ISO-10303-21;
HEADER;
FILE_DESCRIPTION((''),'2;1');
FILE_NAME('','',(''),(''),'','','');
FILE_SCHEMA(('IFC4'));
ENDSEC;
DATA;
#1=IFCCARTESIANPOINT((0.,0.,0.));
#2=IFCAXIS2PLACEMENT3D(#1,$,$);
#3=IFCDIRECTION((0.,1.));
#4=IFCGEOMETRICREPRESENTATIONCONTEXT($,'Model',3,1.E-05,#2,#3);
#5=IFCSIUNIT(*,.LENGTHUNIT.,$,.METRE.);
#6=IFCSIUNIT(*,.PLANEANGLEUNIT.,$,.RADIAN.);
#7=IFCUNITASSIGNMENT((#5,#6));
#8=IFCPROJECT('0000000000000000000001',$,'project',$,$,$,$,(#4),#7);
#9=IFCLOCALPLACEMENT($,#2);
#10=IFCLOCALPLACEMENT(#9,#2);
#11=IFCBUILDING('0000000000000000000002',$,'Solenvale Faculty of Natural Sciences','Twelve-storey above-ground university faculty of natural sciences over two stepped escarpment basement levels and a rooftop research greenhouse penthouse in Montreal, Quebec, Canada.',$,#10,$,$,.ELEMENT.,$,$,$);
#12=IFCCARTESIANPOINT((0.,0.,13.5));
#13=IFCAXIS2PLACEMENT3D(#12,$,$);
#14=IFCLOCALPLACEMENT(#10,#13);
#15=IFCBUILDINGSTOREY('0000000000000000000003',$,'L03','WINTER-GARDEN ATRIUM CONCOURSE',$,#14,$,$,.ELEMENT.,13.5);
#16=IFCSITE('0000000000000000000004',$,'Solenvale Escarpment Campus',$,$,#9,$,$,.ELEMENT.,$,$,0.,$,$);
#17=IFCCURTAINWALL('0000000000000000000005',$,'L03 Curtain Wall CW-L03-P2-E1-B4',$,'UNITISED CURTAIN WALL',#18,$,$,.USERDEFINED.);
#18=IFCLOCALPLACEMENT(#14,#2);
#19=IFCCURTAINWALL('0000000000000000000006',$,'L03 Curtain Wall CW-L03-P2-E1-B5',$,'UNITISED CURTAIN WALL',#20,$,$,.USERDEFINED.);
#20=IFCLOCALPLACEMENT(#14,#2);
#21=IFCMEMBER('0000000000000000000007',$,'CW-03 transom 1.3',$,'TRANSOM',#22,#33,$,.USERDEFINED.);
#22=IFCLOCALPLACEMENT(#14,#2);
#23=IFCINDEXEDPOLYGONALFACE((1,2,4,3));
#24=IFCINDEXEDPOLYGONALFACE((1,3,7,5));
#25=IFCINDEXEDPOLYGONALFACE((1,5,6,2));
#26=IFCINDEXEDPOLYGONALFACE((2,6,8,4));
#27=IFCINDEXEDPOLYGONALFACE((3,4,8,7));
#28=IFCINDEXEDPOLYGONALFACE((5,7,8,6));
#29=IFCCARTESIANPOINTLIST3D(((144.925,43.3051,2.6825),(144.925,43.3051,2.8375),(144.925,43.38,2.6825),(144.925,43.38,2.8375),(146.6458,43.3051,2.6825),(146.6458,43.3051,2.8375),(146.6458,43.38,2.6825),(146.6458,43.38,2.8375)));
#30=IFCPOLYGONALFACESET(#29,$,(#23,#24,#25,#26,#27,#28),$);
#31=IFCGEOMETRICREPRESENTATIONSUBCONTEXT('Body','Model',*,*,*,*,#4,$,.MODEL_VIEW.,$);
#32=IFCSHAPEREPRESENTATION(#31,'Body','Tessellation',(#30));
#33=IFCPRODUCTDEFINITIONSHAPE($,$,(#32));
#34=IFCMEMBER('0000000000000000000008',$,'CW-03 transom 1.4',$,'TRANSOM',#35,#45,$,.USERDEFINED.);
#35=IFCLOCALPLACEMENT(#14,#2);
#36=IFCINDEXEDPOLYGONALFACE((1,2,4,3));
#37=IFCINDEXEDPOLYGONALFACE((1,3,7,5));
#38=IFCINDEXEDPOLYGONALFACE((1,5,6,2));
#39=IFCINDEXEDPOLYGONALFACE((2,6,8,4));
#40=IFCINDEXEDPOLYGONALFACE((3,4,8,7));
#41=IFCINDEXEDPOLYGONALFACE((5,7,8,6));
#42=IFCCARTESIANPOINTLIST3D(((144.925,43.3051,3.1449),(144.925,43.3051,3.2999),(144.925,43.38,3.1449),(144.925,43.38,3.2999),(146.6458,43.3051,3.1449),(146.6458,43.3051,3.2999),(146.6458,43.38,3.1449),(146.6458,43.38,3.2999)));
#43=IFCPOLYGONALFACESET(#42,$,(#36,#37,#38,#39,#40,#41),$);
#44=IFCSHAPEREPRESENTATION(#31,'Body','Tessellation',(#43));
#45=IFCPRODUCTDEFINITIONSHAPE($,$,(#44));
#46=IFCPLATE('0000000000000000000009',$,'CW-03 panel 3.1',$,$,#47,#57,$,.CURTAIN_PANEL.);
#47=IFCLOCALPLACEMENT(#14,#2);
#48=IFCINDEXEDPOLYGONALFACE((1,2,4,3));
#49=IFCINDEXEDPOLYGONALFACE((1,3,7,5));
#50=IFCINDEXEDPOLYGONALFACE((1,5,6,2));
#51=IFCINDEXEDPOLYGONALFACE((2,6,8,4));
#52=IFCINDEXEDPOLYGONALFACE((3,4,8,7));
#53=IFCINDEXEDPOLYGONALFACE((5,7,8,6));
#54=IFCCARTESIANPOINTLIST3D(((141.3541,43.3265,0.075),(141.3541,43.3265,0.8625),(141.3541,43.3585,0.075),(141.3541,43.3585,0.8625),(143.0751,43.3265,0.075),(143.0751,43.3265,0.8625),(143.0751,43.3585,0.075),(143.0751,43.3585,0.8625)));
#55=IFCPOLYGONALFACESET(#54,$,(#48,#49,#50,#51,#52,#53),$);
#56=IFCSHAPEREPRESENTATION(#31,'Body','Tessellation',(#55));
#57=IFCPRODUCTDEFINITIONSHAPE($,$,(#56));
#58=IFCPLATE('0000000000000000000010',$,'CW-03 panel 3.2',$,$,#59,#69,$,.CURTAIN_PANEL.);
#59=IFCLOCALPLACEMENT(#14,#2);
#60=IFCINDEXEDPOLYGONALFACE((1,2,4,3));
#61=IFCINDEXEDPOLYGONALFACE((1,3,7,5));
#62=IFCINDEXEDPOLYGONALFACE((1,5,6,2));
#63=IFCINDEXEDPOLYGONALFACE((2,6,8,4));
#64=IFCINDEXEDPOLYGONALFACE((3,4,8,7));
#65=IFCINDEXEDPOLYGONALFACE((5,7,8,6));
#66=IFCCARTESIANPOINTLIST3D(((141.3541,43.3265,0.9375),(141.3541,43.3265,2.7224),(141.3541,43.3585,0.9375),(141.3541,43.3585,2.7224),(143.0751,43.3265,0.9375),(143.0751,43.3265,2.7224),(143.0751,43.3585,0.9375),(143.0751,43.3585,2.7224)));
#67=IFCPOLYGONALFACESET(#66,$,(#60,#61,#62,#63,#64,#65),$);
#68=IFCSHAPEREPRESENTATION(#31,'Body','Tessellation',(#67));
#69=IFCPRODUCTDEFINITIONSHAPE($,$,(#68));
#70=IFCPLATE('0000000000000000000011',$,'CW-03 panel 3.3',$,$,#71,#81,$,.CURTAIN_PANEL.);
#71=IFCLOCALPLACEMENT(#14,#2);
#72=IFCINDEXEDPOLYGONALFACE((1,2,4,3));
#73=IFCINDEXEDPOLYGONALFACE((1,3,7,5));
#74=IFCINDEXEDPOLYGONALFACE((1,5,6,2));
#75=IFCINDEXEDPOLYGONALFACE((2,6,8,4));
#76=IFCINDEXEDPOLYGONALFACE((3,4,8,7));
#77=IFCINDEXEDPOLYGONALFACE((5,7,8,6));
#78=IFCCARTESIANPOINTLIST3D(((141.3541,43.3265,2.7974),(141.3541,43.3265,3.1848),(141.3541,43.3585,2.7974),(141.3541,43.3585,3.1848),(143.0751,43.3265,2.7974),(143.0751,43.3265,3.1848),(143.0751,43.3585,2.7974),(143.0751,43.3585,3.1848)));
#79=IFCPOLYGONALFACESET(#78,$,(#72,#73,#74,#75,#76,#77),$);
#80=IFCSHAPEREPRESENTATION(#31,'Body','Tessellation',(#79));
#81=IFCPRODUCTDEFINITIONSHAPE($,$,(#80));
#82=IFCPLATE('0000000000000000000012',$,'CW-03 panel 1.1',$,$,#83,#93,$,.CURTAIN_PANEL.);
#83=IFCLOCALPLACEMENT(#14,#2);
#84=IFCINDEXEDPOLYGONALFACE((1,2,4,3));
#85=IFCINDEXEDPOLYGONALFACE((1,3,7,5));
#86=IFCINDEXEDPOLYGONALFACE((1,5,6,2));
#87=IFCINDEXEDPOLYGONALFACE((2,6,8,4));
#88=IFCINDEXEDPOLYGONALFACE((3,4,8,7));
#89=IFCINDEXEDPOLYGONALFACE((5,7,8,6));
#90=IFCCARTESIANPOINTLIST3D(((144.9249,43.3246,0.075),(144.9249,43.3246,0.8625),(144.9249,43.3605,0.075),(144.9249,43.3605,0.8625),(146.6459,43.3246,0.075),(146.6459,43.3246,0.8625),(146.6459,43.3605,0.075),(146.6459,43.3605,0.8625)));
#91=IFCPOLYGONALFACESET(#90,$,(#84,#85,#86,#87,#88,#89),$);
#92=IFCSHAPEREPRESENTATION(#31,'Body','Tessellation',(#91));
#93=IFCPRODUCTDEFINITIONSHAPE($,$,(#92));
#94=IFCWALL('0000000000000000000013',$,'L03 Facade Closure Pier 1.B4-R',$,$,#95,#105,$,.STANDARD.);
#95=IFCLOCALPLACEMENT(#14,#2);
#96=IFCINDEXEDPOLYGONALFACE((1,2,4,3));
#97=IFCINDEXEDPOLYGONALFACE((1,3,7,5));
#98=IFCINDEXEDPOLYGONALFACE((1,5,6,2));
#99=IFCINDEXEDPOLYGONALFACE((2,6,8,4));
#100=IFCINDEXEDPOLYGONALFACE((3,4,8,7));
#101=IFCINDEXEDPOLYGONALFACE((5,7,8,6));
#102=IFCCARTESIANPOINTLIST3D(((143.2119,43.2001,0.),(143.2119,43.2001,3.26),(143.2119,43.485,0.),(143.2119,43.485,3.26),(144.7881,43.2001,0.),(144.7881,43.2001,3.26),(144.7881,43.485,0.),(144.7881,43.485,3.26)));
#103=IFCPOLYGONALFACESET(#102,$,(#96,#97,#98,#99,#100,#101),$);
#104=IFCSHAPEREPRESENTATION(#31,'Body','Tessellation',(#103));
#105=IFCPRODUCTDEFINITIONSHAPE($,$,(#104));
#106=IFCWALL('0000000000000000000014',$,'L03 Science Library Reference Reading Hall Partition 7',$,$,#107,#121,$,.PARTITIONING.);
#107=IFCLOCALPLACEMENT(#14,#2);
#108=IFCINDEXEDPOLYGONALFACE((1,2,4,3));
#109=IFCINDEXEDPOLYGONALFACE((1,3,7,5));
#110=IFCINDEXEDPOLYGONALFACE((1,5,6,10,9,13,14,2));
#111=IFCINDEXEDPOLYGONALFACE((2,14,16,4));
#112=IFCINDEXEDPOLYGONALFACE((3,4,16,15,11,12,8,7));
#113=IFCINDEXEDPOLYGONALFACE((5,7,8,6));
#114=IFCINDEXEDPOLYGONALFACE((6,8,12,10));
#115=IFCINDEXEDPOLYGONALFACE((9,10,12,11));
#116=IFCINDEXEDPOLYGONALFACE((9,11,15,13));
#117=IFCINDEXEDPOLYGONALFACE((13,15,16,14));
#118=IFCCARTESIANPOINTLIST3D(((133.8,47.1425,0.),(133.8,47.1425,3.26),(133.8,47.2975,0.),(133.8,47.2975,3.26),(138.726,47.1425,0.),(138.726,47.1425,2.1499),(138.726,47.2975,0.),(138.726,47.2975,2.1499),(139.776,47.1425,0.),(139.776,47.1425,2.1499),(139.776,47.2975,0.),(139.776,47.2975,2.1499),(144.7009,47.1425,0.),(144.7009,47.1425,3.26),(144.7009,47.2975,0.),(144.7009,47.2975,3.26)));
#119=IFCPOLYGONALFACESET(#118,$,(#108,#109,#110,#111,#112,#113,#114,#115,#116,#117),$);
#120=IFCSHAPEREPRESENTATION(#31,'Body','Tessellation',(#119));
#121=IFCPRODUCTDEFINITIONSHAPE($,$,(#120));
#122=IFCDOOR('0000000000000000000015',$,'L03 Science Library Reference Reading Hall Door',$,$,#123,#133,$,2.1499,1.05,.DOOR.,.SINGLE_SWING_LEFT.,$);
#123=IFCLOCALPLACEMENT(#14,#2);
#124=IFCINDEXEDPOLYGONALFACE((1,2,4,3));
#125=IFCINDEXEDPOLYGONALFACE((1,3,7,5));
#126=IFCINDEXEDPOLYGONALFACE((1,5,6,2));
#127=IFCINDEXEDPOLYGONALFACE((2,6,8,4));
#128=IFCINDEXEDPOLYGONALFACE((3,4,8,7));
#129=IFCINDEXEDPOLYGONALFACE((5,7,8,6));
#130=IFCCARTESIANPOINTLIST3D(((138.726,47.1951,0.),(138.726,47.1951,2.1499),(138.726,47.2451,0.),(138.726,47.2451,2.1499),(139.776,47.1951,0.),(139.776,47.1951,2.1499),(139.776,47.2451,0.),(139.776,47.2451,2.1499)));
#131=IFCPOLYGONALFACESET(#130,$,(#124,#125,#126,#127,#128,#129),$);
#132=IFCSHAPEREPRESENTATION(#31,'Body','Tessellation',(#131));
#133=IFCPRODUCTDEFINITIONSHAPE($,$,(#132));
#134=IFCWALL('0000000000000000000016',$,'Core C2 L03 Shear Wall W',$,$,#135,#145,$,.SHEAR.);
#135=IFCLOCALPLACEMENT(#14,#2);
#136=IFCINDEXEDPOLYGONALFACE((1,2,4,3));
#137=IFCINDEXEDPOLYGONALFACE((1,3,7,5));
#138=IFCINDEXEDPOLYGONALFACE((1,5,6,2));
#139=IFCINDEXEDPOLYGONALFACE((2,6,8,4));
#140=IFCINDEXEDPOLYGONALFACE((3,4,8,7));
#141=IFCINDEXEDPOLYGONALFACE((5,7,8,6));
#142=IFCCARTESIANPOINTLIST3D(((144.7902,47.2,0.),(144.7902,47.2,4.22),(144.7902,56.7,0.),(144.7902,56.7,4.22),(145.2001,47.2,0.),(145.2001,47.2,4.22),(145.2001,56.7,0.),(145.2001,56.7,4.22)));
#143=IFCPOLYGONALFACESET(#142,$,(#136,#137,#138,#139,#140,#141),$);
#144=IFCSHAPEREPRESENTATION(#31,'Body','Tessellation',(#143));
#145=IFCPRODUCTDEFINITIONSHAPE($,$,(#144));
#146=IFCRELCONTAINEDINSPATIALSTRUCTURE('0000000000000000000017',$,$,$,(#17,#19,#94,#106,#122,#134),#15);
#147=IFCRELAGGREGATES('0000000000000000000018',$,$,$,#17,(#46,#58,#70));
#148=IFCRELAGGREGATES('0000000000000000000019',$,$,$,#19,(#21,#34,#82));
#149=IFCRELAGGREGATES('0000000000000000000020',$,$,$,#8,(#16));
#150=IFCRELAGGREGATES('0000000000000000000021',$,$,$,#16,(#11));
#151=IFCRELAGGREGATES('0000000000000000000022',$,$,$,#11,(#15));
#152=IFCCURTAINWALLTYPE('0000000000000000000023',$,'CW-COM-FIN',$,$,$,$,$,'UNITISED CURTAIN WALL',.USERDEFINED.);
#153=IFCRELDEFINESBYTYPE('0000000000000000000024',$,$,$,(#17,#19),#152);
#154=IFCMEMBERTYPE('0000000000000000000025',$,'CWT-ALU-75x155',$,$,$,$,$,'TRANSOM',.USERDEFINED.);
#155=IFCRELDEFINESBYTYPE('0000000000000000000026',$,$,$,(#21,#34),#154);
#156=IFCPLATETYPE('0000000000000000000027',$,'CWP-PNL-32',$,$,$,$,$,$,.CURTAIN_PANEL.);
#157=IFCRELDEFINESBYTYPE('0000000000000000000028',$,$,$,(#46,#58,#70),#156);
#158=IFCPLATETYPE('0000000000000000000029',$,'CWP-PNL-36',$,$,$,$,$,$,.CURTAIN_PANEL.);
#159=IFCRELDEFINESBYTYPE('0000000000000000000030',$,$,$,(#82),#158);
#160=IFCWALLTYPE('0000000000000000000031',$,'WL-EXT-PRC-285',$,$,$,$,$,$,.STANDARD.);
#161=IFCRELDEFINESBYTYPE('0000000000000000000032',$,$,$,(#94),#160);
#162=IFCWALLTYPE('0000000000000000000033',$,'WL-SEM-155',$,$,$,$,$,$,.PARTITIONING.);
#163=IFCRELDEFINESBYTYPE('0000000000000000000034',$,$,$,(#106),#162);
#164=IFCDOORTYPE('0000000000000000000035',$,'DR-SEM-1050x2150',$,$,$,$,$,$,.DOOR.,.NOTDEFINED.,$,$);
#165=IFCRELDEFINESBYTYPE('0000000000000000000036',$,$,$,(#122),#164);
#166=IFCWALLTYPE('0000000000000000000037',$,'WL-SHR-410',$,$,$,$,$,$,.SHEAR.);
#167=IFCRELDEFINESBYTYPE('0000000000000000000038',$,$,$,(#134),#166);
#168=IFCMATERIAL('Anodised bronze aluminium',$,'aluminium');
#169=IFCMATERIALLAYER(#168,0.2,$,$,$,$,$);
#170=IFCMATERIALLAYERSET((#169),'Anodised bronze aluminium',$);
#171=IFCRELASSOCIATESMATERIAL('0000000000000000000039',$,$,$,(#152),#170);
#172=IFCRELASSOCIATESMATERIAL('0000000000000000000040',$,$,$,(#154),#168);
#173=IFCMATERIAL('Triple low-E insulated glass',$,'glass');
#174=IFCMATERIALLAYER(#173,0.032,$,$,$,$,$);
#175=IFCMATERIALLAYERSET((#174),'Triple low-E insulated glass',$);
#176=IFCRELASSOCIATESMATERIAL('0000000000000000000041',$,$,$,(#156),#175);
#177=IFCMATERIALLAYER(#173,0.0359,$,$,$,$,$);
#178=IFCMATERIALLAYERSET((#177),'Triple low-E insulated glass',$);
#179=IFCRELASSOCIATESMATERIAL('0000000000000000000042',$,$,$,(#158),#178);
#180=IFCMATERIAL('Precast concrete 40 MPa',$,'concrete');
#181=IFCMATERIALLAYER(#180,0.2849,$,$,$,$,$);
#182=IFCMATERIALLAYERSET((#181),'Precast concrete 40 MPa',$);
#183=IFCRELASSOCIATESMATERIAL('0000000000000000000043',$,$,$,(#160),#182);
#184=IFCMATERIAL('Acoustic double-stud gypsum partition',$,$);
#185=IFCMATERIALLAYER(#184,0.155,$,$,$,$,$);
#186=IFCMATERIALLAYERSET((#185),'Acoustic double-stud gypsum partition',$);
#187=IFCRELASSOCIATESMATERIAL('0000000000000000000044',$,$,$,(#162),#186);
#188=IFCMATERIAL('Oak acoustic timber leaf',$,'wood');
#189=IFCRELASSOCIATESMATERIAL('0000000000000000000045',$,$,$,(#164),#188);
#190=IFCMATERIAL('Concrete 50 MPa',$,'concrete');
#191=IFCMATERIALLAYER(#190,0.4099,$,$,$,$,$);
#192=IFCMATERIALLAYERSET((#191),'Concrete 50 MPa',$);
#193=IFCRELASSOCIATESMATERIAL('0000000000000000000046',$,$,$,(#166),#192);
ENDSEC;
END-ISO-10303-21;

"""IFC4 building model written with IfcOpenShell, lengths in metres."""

from ifc_helpers import new_model, si_unit, direction, frame, frame_2d, origin, origin_2d, place, context, subcontext, project, spatial, rectangle, extrude, material, layer, layer_set, material_profile, profile_set, type_object, element, fill, aggregate, save


model = new_model("IFC4")

# Units and contexts
model_context = context("Model", 3, precision=1e-05, world=origin(), true_north=direction((0.0, 1.0)))
body_context = subcontext(model_context, "Body", "Model", "MODEL_VIEW")
ifc_project = project(units=[si_unit("LENGTHUNIT", "METRE"), si_unit("PLANEANGLEUNIT", "RADIAN")], contexts=[model_context])

# Site, building, storey
site_placement = place(None, origin())
site = spatial("IfcSite", under=ifc_project, at=site_placement, Name="Solenvale Escarpment Campus", CompositionType="ELEMENT", RefElevation=0.0)
building_placement = place(site_placement, origin())
building = spatial("IfcBuilding", under=site, at=building_placement, Name="Solenvale Faculty of Natural Sciences", Description="Twelve-storey above-ground university faculty of natural sciences over two stepped escarpment basement levels and a rooftop research greenhouse penthouse in Montreal, Quebec, Canada.", CompositionType="ELEMENT")
storey_placement = place(building_placement, frame((0.0, 0.0, 13.5)))
storey = spatial("IfcBuildingStorey", under=building, at=storey_placement, Name="L03", Description="WINTER-GARDEN ATRIUM CONCOURSE", CompositionType="ELEMENT", Elevation=13.5)

# Shared definitions
ifc_material_1 = material(Name="Concrete 50 MPa", Category="concrete")

# Curtain wall
ifc_material_2 = material(Name="Anodised bronze aluminium", Category="aluminium")
ifc_layer_1 = layer(ifc_material_2, 0.2)
ifc_layer_set_1 = layer_set([ifc_layer_1], Name="Anodised bronze aluminium")
curtain_wall_type = type_object("IfcCurtainWallType", Name="CW-COM-FIN", ElementType="UNITISED CURTAIN WALL", PredefinedType="USERDEFINED", material=ifc_layer_set_1)
curtain_wall_1_placement = place(storey_placement, origin())
curtain_wall_1 = element("IfcCurtainWall", 1, at=curtain_wall_1_placement, inside=storey, type_object=curtain_wall_type, Name="L03 Curtain Wall CW-L03-P2-E1-B4", ObjectType="UNITISED CURTAIN WALL", PredefinedType="USERDEFINED")

# Curtain wall
curtain_wall_2_placement = place(storey_placement, origin())
curtain_wall_2 = element("IfcCurtainWall", 2, at=curtain_wall_2_placement, inside=storey, type_object=curtain_wall_type, Name="L03 Curtain Wall CW-L03-P2-E1-B5", ObjectType="UNITISED CURTAIN WALL", PredefinedType="USERDEFINED")

# Members
ifc_material_profile_1 = material_profile(ifc_material_2, rectangle(XDim=0.075, YDim=0.155, at=origin_2d()), Name="ALU-TRN-75x155")
ifc_profile_set_1 = profile_set([ifc_material_profile_1], Name="Anodised bronze aluminium")
member_type_1 = type_object("IfcMemberType", Name="CWT-ALU-75x155", ElementType="TRANSOM", PredefinedType="USERDEFINED", material=ifc_profile_set_1)
member_1_placement = place(storey_placement, frame((144.925, 43.3425, 2.76), z_axis=(1.0, 0.0, 0.0), x_axis=(0.0, 1.0, 0.0)))
member_1 = element("IfcMember", 3, at=member_1_placement, type_object=member_type_1, Name="CW-03 transom 1.3", ObjectType="TRANSOM", PredefinedType="USERDEFINED", context=body_context, shape_type="SweptSolid", body=[
    extrude(rectangle(XDim=0.075, YDim=0.155, at=origin_2d()), origin(), (0.0, 0.0, 1.0), 1.7207),
])
member_2_placement = place(storey_placement, frame((144.925, 43.3425, 3.2224), z_axis=(1.0, 0.0, 0.0), x_axis=(0.0, 1.0, 0.0)))
member_2 = element("IfcMember", 4, at=member_2_placement, type_object=member_type_1, Name="CW-03 transom 1.4", ObjectType="TRANSOM", PredefinedType="USERDEFINED", context=body_context, shape_type="SweptSolid", body=[
    extrude(rectangle(XDim=0.075, YDim=0.155, at=origin_2d()), origin(), (0.0, 0.0, 1.0), 1.7207),
])

# Plates
ifc_material_3 = material(Name="Triple low-E insulated glass", Category="glass")
ifc_layer_2 = layer(ifc_material_3, 0.032)
ifc_layer_set_2 = layer_set([ifc_layer_2], Name="Triple low-E insulated glass")
plate_type_1 = type_object("IfcPlateType", Name="CWP-PNL-32", PredefinedType="CURTAIN_PANEL", material=ifc_layer_set_2)
plate_1_placement = place(storey_placement, frame((142.2146, 43.3425, 0.075), z_axis=(0.0, 0.0, 1.0), x_axis=(1.0, 0.0, 0.0)))
plate_1 = element("IfcPlate", 5, at=plate_1_placement, type_object=plate_type_1, Name="CW-03 panel 3.1", PredefinedType="CURTAIN_PANEL", context=body_context, shape_type="SweptSolid", body=[
    extrude(rectangle(XDim=1.7209, YDim=0.032, at=origin_2d()), origin(), (0.0, 0.0, 1.0), 0.7876),
])
plate_2_placement = place(storey_placement, frame((142.2146, 43.3425, 0.9375), z_axis=(0.0, 0.0, 1.0), x_axis=(1.0, 0.0, 0.0)))
plate_2 = element("IfcPlate", 6, at=plate_2_placement, type_object=plate_type_1, Name="CW-03 panel 3.2", PredefinedType="CURTAIN_PANEL", context=body_context, shape_type="SweptSolid", body=[
    extrude(rectangle(XDim=1.7209, YDim=0.032, at=origin_2d()), origin(), (0.0, 0.0, 1.0), 1.7849),
])
plate_3_placement = place(storey_placement, frame((142.2146, 43.3425, 2.7974), z_axis=(0.0, 0.0, 1.0), x_axis=(1.0, 0.0, 0.0)))
plate_3 = element("IfcPlate", 7, at=plate_3_placement, type_object=plate_type_1, Name="CW-03 panel 3.3", PredefinedType="CURTAIN_PANEL", context=body_context, shape_type="SweptSolid", body=[
    extrude(rectangle(XDim=1.7209, YDim=0.032, at=origin_2d()), origin(), (0.0, 0.0, 1.0), 0.3875),
])
aggregate(curtain_wall_1, [plate_1, plate_2, plate_3])
ifc_layer_3 = layer(ifc_material_3, 0.0359)
ifc_layer_set_3 = layer_set([ifc_layer_3], Name="Triple low-E insulated glass")
plate_type_2 = type_object("IfcPlateType", Name="CWP-PNL-36", PredefinedType="CURTAIN_PANEL", material=ifc_layer_set_3)
plate_4_placement = place(storey_placement, frame((145.7854, 43.3425, 0.075), z_axis=(0.0, 0.0, 1.0), x_axis=(1.0, 0.0, 0.0)))
plate_4 = element("IfcPlate", 8, at=plate_4_placement, type_object=plate_type_2, Name="CW-03 panel 1.1", PredefinedType="CURTAIN_PANEL", context=body_context, shape_type="SweptSolid", body=[
    extrude(rectangle(XDim=1.7209, YDim=0.0359, at=origin_2d()), origin(), (0.0, 0.0, 1.0), 0.7876),
])
aggregate(curtain_wall_2, [member_1, member_2, plate_4])

# Wall
ifc_material_4 = material(Name="Precast concrete 40 MPa", Category="concrete")
ifc_layer_4 = layer(ifc_material_4, 0.2849)
ifc_layer_set_4 = layer_set([ifc_layer_4], Name="Precast concrete 40 MPa")
wall_type_1 = type_object("IfcWallType", Name="WL-EXT-PRC-285", PredefinedType="STANDARD", material=ifc_layer_set_4)
wall_1_placement = place(storey_placement, frame((143.2119, 43.3425, 0.0), z_axis=(0.0, 0.0, 1.0), x_axis=(1.0, 0.0, 0.0)))
element("IfcWall", 9, at=wall_1_placement, inside=storey, type_object=wall_type_1, Name="L03 Facade Closure Pier 1.B4-R", PredefinedType="STANDARD", context=body_context, shape_type="SweptSolid", body=[
    extrude(rectangle(XDim=1.5762, YDim=0.2849, at=frame_2d((0.7881, 0.0))), origin(), (0.0, 0.0, 1.0), 3.26),
])

# Wall, opening, door
ifc_material_5 = material(Name="Acoustic double-stud gypsum partition")
ifc_layer_5 = layer(ifc_material_5, 0.155)
ifc_layer_set_5 = layer_set([ifc_layer_5], Name="Acoustic double-stud gypsum partition")
wall_type_2 = type_object("IfcWallType", Name="WL-SEM-155", PredefinedType="PARTITIONING", material=ifc_layer_set_5)
wall_2_placement = place(storey_placement, frame((144.7009, 47.22, 0.0), z_axis=(0.0, 0.0, 1.0), x_axis=(-1.0, 0.0, 0.0)))
wall_2 = element("IfcWall", 10, at=wall_2_placement, inside=storey, type_object=wall_type_2, Name="L03 Science Library Reference Reading Hall Partition 7", PredefinedType="PARTITIONING", context=body_context, shape_type="SweptSolid", body=[
    extrude(rectangle(XDim=10.9009, YDim=0.155, at=frame_2d((5.4504, 0.0))), origin(), (0.0, 0.0, 1.0), 3.26),
])
opening_1_placement = place(wall_2_placement, frame((4.925, 0.0, 0.0)))
opening_1 = element("IfcOpeningElement", 11, at=opening_1_placement, cuts=wall_2, PredefinedType="OPENING", context=body_context, shape_type="SweptSolid", body=[
    extrude(rectangle(XDim=1.05, YDim=2.1499, at=frame_2d((0.5249, 1.075))), frame((0.0, 0.0874, 0.0), z_axis=(0.0, -1.0, 0.0), x_axis=(1.0, 0.0, 0.0)), (0.0, 0.0, 1.0), 0.175),
])
ifc_material_6 = material(Name="Oak acoustic timber leaf", Category="wood")
door_type_1 = type_object("IfcDoorType", Name="DR-SEM-1050x2150", OperationType="NOTDEFINED", PredefinedType="DOOR", material=ifc_material_6)
door_1_placement = place(opening_1_placement, origin())
door_1 = element("IfcDoor", 12, at=door_1_placement, inside=storey, type_object=door_type_1, Name="L03 Science Library Reference Reading Hall Door", OperationType="SINGLE_SWING_LEFT", OverallHeight=2.1499, OverallWidth=1.05, PredefinedType="DOOR", context=body_context, shape_type="SweptSolid", body=[
    extrude(rectangle(XDim=1.05, YDim=2.1499, at=frame_2d((0.5249, 1.075))), frame((0.0, 0.0249, 0.0), z_axis=(0.0, -1.0, 0.0), x_axis=(1.0, 0.0, 0.0)), (0.0, 0.0, 1.0), 0.05),
])
fill(opening_1, door_1)
ifc_layer_6 = layer(ifc_material_1, 0.4099)
ifc_layer_set_6 = layer_set([ifc_layer_6], Name="Concrete 50 MPa")
wall_type_3 = type_object("IfcWallType", Name="WL-SHR-410", PredefinedType="SHEAR", material=ifc_layer_set_6)

# Wall
wall_3_placement = place(storey_placement, frame((144.9951, 47.2, 0.0), z_axis=(0.0, 0.0, 1.0), x_axis=(0.0, 1.0, 0.0)))
element("IfcWall", 13, at=wall_3_placement, inside=storey, type_object=wall_type_3, Name="Core C2 L03 Shear Wall W", PredefinedType="SHEAR", context=body_context, shape_type="SweptSolid", body=[
    extrude(rectangle(XDim=9.5, YDim=0.4099, at=frame_2d((4.75, 0.0))), origin(), (0.0, 0.0, 1.0), 4.22),
])

save(model, "model.ifc")
